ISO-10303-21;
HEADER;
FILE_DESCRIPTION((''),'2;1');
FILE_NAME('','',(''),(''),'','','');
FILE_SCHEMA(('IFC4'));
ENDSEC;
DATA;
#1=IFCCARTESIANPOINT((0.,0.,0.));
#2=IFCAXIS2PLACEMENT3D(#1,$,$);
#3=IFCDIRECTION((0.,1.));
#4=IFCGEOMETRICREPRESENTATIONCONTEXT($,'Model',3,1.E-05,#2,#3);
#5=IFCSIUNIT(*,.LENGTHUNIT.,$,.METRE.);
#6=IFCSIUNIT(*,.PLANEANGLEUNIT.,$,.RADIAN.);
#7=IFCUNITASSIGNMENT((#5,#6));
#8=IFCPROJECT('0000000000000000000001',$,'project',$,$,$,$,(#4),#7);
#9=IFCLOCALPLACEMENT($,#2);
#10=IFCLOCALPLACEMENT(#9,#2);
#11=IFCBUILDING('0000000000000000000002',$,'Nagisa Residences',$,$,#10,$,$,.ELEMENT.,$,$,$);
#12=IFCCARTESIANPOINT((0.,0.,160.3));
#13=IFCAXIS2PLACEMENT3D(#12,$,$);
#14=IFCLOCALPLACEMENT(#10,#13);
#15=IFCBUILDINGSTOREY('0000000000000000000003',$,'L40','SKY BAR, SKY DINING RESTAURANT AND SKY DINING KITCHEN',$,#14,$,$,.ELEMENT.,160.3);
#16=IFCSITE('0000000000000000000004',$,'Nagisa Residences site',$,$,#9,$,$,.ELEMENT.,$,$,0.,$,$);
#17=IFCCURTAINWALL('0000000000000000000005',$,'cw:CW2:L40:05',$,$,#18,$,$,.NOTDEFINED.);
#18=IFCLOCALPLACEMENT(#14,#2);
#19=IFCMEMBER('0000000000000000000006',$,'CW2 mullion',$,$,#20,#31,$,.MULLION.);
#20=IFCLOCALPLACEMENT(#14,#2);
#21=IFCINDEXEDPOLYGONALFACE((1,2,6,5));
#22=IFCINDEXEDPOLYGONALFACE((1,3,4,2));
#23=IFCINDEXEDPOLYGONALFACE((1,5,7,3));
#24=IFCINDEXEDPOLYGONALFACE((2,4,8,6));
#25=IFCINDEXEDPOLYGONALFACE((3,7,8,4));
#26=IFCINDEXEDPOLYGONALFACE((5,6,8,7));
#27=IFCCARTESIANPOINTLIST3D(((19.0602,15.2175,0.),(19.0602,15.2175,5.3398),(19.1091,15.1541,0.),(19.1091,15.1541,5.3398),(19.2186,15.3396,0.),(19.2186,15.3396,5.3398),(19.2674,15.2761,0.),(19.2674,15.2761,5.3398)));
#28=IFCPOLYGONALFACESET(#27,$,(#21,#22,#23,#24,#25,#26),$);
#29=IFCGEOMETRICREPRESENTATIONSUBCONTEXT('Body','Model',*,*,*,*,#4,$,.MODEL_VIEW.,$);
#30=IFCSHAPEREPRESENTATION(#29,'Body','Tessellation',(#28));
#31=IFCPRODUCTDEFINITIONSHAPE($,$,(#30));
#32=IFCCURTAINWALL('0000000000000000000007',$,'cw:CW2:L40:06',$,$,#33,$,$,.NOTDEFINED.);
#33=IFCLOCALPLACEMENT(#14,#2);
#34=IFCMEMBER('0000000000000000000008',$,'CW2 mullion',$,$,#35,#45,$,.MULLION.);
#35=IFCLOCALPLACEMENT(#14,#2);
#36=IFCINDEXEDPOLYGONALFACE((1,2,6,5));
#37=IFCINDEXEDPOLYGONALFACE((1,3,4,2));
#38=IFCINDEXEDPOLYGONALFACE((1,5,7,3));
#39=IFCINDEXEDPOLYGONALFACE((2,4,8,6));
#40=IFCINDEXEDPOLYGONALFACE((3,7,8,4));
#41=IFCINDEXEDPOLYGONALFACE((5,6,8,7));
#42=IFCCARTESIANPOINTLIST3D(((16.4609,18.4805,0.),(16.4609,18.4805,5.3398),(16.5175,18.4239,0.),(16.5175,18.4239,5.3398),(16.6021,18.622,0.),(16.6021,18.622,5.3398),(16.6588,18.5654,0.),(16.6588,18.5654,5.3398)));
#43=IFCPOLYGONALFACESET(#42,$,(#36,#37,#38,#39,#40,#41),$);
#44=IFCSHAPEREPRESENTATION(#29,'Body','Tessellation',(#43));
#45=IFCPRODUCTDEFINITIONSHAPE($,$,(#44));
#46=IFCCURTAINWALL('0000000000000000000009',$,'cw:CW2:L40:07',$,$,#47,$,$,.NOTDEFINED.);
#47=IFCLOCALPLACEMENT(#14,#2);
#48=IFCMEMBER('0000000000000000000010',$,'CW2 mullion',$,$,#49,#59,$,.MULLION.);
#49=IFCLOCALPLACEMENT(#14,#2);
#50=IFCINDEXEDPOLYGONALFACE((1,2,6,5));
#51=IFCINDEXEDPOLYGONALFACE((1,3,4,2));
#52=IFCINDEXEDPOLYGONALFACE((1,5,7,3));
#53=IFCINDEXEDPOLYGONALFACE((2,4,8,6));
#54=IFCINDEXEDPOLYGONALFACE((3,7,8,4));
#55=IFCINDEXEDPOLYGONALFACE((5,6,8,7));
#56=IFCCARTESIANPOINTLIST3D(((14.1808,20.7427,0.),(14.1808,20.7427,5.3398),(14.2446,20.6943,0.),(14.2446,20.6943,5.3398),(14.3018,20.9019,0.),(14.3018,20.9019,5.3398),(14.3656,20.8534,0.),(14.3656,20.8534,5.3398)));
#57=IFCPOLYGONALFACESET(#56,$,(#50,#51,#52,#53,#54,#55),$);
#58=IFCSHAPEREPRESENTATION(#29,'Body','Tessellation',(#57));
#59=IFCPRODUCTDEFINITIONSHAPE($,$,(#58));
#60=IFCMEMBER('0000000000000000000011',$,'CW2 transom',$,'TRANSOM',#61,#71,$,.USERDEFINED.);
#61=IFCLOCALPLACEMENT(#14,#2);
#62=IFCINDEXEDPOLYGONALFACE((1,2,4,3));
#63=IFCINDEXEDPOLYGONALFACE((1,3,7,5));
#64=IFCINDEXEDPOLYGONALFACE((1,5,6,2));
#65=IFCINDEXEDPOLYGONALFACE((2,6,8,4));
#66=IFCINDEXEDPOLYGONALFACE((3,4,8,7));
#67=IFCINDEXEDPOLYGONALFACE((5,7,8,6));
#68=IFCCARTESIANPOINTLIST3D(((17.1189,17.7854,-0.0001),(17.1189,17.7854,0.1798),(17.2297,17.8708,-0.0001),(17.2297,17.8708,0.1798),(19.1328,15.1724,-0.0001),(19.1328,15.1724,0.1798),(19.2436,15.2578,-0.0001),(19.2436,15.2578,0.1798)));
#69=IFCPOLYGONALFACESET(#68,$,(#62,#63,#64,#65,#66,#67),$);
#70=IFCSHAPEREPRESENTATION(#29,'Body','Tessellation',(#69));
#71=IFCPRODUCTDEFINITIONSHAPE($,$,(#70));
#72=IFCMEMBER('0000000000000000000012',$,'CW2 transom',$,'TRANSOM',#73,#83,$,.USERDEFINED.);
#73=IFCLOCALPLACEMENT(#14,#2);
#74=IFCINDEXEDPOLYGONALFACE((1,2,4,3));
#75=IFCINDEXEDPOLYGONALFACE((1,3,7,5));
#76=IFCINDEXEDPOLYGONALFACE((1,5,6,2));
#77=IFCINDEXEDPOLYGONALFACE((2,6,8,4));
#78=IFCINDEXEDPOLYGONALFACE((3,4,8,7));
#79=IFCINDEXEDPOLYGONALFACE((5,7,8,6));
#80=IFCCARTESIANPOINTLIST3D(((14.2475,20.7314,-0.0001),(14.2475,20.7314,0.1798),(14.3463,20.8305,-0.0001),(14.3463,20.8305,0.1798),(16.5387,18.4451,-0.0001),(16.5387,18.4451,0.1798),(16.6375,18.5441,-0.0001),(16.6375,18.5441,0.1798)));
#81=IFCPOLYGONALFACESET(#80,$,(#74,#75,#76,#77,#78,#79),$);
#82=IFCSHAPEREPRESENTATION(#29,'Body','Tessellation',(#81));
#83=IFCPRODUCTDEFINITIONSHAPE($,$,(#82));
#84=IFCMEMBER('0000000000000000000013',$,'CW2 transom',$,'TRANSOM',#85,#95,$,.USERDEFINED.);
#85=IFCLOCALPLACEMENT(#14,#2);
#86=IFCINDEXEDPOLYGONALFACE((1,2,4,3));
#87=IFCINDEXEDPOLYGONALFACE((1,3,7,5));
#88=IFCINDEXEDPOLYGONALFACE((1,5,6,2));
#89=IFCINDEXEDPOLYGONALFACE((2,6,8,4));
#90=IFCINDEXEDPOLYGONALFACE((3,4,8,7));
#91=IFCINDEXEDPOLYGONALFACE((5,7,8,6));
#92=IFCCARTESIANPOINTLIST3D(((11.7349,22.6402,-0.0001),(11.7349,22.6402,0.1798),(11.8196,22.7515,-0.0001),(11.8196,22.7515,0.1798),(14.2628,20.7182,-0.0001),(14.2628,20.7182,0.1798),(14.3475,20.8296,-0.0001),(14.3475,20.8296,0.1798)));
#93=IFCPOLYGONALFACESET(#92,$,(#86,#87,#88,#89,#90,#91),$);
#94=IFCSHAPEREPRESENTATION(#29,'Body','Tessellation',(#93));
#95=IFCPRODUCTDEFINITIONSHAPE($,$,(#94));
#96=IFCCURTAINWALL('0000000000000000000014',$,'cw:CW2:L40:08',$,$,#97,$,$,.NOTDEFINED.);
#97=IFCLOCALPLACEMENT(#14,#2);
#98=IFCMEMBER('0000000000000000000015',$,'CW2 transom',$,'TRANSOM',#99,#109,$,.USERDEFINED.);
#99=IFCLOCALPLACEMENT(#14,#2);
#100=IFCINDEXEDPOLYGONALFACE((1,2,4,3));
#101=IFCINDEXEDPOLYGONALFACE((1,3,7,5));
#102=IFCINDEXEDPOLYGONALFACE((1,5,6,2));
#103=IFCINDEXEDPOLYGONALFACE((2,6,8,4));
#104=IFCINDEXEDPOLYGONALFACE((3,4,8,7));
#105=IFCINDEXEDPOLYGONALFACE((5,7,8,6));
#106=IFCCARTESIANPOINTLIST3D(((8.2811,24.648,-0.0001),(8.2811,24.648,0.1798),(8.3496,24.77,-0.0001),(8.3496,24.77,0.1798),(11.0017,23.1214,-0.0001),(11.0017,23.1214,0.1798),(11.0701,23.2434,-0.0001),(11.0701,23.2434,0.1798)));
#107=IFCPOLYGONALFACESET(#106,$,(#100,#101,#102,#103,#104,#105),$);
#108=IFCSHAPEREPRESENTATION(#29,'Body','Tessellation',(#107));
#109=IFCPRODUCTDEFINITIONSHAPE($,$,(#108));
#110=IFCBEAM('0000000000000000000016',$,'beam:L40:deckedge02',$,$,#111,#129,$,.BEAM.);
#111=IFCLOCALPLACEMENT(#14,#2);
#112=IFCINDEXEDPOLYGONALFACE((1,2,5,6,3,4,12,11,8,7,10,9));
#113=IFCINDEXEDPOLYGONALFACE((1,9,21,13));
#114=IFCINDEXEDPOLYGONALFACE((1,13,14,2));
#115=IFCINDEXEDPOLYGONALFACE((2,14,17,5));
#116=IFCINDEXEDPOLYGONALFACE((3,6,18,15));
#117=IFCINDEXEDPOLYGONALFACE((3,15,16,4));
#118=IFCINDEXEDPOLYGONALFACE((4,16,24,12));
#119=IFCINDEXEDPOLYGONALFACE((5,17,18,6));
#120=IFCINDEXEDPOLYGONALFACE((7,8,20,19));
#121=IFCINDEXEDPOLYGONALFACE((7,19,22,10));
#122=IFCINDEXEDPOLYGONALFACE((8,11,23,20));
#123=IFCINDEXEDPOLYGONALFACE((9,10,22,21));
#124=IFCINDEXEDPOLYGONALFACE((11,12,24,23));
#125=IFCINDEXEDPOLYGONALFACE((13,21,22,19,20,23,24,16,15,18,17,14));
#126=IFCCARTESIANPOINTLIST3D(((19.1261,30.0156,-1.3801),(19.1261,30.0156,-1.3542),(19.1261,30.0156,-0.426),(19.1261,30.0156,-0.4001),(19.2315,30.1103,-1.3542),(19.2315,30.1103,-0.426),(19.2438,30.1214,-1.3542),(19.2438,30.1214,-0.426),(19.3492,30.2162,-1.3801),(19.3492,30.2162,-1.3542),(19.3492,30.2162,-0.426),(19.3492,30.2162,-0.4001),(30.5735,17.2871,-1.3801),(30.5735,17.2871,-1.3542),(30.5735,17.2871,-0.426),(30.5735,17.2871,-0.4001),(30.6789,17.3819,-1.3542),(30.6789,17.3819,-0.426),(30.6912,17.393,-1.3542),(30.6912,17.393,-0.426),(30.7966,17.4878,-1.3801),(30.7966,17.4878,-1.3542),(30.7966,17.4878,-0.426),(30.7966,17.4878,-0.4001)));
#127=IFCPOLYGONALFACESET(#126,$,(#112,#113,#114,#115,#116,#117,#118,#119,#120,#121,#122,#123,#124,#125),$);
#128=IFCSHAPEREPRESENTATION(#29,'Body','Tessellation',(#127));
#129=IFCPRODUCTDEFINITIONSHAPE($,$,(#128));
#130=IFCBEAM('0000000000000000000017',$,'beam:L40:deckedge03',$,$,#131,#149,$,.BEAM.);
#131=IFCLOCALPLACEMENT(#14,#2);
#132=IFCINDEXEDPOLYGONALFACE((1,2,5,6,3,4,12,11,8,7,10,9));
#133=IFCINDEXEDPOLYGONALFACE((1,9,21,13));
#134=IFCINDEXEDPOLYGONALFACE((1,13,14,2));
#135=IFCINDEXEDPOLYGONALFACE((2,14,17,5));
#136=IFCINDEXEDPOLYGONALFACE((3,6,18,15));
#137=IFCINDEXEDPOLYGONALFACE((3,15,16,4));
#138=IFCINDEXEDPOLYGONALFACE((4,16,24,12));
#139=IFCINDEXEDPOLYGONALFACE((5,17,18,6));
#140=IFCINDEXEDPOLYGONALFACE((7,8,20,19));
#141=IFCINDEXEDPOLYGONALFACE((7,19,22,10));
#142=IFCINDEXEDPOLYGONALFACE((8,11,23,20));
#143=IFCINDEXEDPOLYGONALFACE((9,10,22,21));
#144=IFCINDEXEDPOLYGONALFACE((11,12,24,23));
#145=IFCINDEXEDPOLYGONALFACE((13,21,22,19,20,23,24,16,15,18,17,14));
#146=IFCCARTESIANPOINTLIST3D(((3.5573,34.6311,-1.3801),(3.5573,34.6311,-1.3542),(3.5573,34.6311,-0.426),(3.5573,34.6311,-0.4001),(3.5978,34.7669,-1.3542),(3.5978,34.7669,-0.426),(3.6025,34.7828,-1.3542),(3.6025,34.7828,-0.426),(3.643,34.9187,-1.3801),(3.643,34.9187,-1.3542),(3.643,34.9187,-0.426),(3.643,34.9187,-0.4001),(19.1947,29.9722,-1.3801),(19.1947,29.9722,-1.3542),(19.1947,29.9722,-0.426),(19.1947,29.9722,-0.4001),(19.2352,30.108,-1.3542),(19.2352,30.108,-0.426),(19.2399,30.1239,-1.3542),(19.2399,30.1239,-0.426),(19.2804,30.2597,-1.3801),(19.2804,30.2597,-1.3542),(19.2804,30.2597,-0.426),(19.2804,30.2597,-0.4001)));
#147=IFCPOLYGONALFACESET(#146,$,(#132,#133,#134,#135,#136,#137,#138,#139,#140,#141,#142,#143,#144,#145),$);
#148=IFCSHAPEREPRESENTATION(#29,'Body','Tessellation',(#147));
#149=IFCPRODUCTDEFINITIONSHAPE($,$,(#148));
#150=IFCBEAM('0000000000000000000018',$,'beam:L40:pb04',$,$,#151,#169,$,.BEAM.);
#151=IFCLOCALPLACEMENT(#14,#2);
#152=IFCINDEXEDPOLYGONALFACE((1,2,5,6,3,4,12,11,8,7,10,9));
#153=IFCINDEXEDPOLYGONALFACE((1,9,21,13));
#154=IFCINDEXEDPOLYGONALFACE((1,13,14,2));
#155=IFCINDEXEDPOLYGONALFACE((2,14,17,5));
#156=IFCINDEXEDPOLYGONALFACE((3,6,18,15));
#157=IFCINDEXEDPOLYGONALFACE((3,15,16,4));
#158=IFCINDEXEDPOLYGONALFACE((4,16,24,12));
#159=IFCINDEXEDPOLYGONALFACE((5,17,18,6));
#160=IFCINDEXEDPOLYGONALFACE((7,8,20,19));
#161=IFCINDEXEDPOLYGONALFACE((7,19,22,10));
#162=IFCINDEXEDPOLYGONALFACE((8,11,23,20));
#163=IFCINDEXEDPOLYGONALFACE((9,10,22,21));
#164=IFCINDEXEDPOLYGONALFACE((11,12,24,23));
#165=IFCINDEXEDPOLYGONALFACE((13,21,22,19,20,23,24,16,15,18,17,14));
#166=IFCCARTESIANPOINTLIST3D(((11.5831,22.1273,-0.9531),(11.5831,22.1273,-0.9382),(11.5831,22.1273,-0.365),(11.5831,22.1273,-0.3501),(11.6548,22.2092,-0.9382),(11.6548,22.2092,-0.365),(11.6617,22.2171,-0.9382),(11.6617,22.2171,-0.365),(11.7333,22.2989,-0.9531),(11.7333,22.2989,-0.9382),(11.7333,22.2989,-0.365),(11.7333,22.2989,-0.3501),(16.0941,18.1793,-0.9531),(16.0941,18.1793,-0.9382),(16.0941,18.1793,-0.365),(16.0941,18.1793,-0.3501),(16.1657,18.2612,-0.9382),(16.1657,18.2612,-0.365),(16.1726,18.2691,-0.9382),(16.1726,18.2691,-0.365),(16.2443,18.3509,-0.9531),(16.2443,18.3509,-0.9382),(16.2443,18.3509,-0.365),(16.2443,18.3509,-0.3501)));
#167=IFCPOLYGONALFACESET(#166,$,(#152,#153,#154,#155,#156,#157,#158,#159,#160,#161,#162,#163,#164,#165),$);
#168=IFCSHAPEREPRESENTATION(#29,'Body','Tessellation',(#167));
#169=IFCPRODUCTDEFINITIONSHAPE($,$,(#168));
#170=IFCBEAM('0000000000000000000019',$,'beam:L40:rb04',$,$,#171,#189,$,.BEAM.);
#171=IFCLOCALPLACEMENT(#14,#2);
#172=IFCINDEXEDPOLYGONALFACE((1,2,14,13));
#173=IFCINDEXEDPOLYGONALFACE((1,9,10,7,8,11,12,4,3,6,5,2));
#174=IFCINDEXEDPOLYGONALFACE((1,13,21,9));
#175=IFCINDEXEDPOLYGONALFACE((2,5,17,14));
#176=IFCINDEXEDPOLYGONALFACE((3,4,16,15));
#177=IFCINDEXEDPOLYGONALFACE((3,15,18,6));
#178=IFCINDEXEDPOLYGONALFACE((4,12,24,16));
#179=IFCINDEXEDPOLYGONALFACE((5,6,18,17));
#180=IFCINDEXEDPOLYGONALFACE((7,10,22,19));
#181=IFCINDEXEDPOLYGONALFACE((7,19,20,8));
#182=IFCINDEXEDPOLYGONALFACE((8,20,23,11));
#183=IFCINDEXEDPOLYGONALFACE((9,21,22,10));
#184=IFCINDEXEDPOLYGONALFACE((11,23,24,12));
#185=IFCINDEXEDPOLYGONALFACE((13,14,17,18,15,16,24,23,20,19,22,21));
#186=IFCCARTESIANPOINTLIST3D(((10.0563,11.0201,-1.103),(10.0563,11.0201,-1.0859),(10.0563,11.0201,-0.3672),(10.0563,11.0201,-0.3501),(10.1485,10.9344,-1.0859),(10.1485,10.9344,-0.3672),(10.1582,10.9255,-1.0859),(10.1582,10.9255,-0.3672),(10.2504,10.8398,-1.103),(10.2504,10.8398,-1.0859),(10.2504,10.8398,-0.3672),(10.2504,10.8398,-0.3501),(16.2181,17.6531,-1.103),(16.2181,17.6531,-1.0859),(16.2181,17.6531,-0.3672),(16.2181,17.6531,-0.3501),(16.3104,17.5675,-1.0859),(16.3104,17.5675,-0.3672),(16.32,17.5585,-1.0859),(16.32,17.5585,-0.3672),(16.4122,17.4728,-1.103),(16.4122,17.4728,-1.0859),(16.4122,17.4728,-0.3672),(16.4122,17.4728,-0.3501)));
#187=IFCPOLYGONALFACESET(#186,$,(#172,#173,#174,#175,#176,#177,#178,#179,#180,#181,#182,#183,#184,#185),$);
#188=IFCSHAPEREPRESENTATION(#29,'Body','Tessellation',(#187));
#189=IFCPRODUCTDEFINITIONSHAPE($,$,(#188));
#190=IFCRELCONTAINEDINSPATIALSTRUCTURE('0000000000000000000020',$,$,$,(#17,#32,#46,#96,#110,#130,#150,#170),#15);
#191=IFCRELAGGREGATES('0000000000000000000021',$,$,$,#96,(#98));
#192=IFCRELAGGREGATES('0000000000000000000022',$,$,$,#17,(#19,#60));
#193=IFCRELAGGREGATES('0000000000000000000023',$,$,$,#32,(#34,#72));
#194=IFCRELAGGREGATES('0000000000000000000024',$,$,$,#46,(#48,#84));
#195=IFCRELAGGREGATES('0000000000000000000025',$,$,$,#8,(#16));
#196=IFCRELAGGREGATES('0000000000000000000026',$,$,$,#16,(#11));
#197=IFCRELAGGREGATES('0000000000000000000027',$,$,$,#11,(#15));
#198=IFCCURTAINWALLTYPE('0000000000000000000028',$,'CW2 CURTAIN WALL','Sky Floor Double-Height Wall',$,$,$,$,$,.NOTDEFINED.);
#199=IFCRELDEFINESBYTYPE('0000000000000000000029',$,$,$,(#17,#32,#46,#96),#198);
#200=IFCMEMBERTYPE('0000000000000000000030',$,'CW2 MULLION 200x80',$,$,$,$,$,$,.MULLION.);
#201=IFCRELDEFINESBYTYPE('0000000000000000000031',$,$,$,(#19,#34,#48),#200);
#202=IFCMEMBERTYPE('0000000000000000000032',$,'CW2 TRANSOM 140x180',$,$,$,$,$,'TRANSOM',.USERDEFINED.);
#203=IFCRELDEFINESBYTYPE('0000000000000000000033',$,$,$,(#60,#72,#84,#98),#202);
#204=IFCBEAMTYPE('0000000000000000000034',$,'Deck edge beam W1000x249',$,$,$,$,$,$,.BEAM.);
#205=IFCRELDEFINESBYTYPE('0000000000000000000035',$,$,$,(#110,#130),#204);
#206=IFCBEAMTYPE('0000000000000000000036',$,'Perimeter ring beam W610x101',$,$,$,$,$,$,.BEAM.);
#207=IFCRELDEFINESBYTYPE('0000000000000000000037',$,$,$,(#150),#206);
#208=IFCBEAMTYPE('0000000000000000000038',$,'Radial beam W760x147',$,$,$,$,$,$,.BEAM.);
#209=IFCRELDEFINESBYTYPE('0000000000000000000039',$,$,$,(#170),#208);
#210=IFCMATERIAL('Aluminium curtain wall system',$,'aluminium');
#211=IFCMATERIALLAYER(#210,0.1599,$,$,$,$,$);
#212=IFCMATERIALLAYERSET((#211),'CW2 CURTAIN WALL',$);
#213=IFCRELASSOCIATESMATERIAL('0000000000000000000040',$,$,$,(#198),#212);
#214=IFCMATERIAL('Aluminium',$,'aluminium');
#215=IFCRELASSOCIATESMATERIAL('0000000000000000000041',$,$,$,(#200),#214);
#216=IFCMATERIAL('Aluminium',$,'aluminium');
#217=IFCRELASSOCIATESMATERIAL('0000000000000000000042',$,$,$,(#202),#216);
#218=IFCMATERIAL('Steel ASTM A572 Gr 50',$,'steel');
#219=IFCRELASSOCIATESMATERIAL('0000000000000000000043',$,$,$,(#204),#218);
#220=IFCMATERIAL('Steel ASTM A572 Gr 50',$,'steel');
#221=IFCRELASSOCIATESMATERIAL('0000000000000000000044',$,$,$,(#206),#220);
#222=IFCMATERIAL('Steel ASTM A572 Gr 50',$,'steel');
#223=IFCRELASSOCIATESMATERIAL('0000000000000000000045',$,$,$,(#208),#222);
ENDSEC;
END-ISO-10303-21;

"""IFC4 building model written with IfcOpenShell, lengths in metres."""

from ifc_helpers import new_model, si_unit, direction, frame, origin, origin_2d, place, context, subcontext, project, spatial, rectangle, i_section, extrude, material, layer, layer_set, material_profile, profile_set, type_object, element, aggregate, save


model = new_model("IFC4")

# Units and contexts
model_context = context("Model", 3, precision=1e-05, world=origin(), true_north=direction((0.0, 1.0)))
body_context = subcontext(model_context, "Body", "Model", "MODEL_VIEW")
ifc_project = project(units=[si_unit("LENGTHUNIT", "METRE"), si_unit("PLANEANGLEUNIT", "RADIAN")], contexts=[model_context])

# Site, building, storey
site_placement = place(None, origin())
site = spatial("IfcSite", under=ifc_project, at=site_placement, Name="Nagisa Residences site", CompositionType="ELEMENT", RefElevation=0.0)
building_placement = place(site_placement, origin())
building = spatial("IfcBuilding", under=site, at=building_placement, Name="Nagisa Residences", CompositionType="ELEMENT")
storey_placement = place(building_placement, frame((0.0, 0.0, 160.3)))
storey = spatial("IfcBuildingStorey", under=building, at=storey_placement, Name="L40", Description="SKY BAR, SKY DINING RESTAURANT AND SKY DINING KITCHEN", CompositionType="ELEMENT", Elevation=160.3)

# Curtain walls, members
ifc_material_1 = material(Name="Aluminium curtain wall system", Category="aluminium")
ifc_layer_1 = layer(ifc_material_1, 0.1599)
ifc_layer_set_1 = layer_set([ifc_layer_1], Name="CW2 CURTAIN WALL")
curtain_wall_type = type_object("IfcCurtainWallType", Name="CW2 CURTAIN WALL", Description="Sky Floor Double-Height Wall", PredefinedType="NOTDEFINED", material=ifc_layer_set_1)
curtain_wall_1_placement = place(storey_placement, origin())
curtain_wall_1 = element("IfcCurtainWall", 1, at=curtain_wall_1_placement, inside=storey, type_object=curtain_wall_type, Name="cw:CW2:L40:05", PredefinedType="NOTDEFINED")
ifc_material_2 = material(Name="Aluminium", Category="aluminium")
ifc_material_profile_1 = material_profile(ifc_material_2, rectangle(XDim=0.2, YDim=0.0801, at=origin_2d()), Name="CW2 MULLION 200x80")
ifc_profile_set_1 = profile_set([ifc_material_profile_1], Name="Aluminium")
member_type_1 = type_object("IfcMemberType", Name="CW2 MULLION 200x80", PredefinedType="MULLION", material=ifc_profile_set_1)
member_1_placement = place(storey_placement, frame((19.1638, 15.2468, 0.0), z_axis=(0.0, 0.0, 1.0), x_axis=(-0.79207, -0.61043, 0.0)))
member_1 = element("IfcMember", 2, at=member_1_placement, type_object=member_type_1, Name="CW2 mullion", PredefinedType="MULLION", context=body_context, shape_type="SweptSolid", body=[
    extrude(rectangle(XDim=0.2, YDim=0.0801, at=origin_2d()), origin(), (0.0, 0.0, 1.0), 5.3398),
])
curtain_wall_2_placement = place(storey_placement, origin())
curtain_wall_2 = element("IfcCurtainWall", 3, at=curtain_wall_2_placement, inside=storey, type_object=curtain_wall_type, Name="cw:CW2:L40:06", PredefinedType="NOTDEFINED")
member_2_placement = place(storey_placement, frame((16.5598, 18.5229, 0.0), z_axis=(0.0, 0.0, 1.0), x_axis=(-0.706377, -0.707836, 0.0)))
member_2 = element("IfcMember", 4, at=member_2_placement, type_object=member_type_1, Name="CW2 mullion", PredefinedType="MULLION", context=body_context, shape_type="SweptSolid", body=[
    extrude(rectangle(XDim=0.2, YDim=0.0801, at=origin_2d()), origin(), (0.0, 0.0, 1.0), 5.3398),
])
curtain_wall_3_placement = place(storey_placement, origin())
curtain_wall_3 = element("IfcCurtainWall", 5, at=curtain_wall_3_placement, inside=storey, type_object=curtain_wall_type, Name="cw:CW2:L40:07", PredefinedType="NOTDEFINED")
member_3_placement = place(storey_placement, frame((14.2732, 20.7981, 0.0), z_axis=(0.0, 0.0, 1.0), x_axis=(-0.605255, -0.796031, 0.0)))
member_3 = element("IfcMember", 6, at=member_3_placement, type_object=member_type_1, Name="CW2 mullion", PredefinedType="MULLION", context=body_context, shape_type="SweptSolid", body=[
    extrude(rectangle(XDim=0.2, YDim=0.0801, at=origin_2d()), origin(), (0.0, 0.0, 1.0), 5.3398),
])

# Members
ifc_material_3 = material(Name="Aluminium", Category="aluminium")
ifc_material_profile_2 = material_profile(ifc_material_3, rectangle(XDim=0.1399, YDim=0.1799, at=origin_2d()), Name="CW2 TRANSOM 140x180")
ifc_profile_set_2 = profile_set([ifc_material_profile_2], Name="Aluminium")
member_type_2 = type_object("IfcMemberType", Name="CW2 TRANSOM 140x180", ElementType="TRANSOM", PredefinedType="USERDEFINED", material=ifc_profile_set_2)
member_4_placement = place(storey_placement, frame((19.1882, 15.2151, 0.0898), z_axis=(-0.610451, 0.792054, 0.0), x_axis=(-0.792054, -0.610451, 0.0)))
member_4 = element("IfcMember", 7, at=member_4_placement, type_object=member_type_2, Name="CW2 transom", ObjectType="TRANSOM", PredefinedType="USERDEFINED", context=body_context, shape_type="SweptSolid", body=[
    extrude(rectangle(XDim=0.1399, YDim=0.1799, at=origin_2d()), origin(), (0.0, 0.0, 1.0), 3.2991),
])
member_5_placement = place(storey_placement, frame((16.5881, 18.4946, 0.0898), z_axis=(-0.707861, 0.706352, 0.0), x_axis=(-0.706352, -0.707861, 0.0)))
member_5 = element("IfcMember", 8, at=member_5_placement, type_object=member_type_2, Name="CW2 transom", ObjectType="TRANSOM", PredefinedType="USERDEFINED", context=body_context, shape_type="SweptSolid", body=[
    extrude(rectangle(XDim=0.1399, YDim=0.1799, at=origin_2d()), origin(), (0.0, 0.0, 1.0), 3.2368),
])
member_6_placement = place(storey_placement, frame((14.3052, 20.7739, 0.0898), z_axis=(-0.796053, 0.605228, 0.0), x_axis=(-0.605228, -0.796053, 0.0)))
member_6 = element("IfcMember", 9, at=member_6_placement, type_object=member_type_2, Name="CW2 transom", ObjectType="TRANSOM", PredefinedType="USERDEFINED", context=body_context, shape_type="SweptSolid", body=[
    extrude(rectangle(XDim=0.1399, YDim=0.1799, at=origin_2d()), origin(), (0.0, 0.0, 1.0), 3.1755),
])

# Curtain wall, member
curtain_wall_4_placement = place(storey_placement, origin())
curtain_wall_4 = element("IfcCurtainWall", 10, at=curtain_wall_4_placement, inside=storey, type_object=curtain_wall_type, Name="cw:CW2:L40:08", PredefinedType="NOTDEFINED")
member_7_placement = place(storey_placement, frame((11.0359, 23.1824, 0.0898), z_axis=(-0.872075, 0.489373, 0.0), x_axis=(-0.489373, -0.872075, 0.0)))
member_7 = element("IfcMember", 11, at=member_7_placement, type_object=member_type_2, Name="CW2 transom", ObjectType="TRANSOM", PredefinedType="USERDEFINED", context=body_context, shape_type="SweptSolid", body=[
    extrude(rectangle(XDim=0.1399, YDim=0.1799, at=origin_2d()), origin(), (0.0, 0.0, 1.0), 3.1196),
])
aggregate(curtain_wall_4, [member_7])

# Beams
ifc_material_4 = material(Name="Steel ASTM A572 Gr 50", Category="steel")
ifc_material_profile_3 = material_profile(ifc_material_4, i_section(OverallWidth=0.3, OverallDepth=0.98, WebThickness=0.0166, FlangeThickness=0.0259, at=origin_2d()), Name="W1000x249")
ifc_profile_set_3 = profile_set([ifc_material_profile_3], Name="Steel ASTM A572 Gr 50")
beam_type_1 = type_object("IfcBeamType", Name="Deck edge beam W1000x249", PredefinedType="BEAM", material=ifc_profile_set_3)
beam_1_placement = place(storey_placement, frame((30.6851, 17.3875, -0.8901), z_axis=(-0.668702, 0.743531, 0.0), x_axis=(-0.743531, -0.668702, 0.0)))
element("IfcBeam", 12, at=beam_1_placement, inside=storey, type_object=beam_type_1, Name="beam:L40:deckedge02", PredefinedType="BEAM", context=body_context, shape_type="SweptSolid", body=[
    extrude(i_section(OverallWidth=0.3, OverallDepth=0.98, WebThickness=0.0166, FlangeThickness=0.0259, at=origin_2d()), origin(), (0.0, 0.0, 1.0), 17.1189),
])
beam_2_placement = place(storey_placement, frame((19.2375, 30.116, -0.8901), z_axis=(-0.958369, 0.285531, 0.0), x_axis=(-0.285531, -0.958369, 0.0)))
element("IfcBeam", 13, at=beam_2_placement, inside=storey, type_object=beam_type_1, Name="beam:L40:deckedge03", PredefinedType="BEAM", context=body_context, shape_type="SweptSolid", body=[
    extrude(i_section(OverallWidth=0.3, OverallDepth=0.98, WebThickness=0.0166, FlangeThickness=0.0259, at=origin_2d()), origin(), (0.0, 0.0, 1.0), 16.3167),
])
ifc_material_5 = material(Name="Steel ASTM A572 Gr 50", Category="steel")
ifc_material_profile_4 = material_profile(ifc_material_5, i_section(OverallWidth=0.228, OverallDepth=0.603, WebThickness=0.0105, FlangeThickness=0.0149, at=origin_2d()), Name="W610x101")
ifc_profile_set_4 = profile_set([ifc_material_profile_4], Name="Steel ASTM A572 Gr 50")
beam_type_2 = type_object("IfcBeamType", Name="Perimeter ring beam W610x101", PredefinedType="BEAM", material=ifc_profile_set_4)
beam_3_placement = place(storey_placement, frame((16.1692, 18.2651, -0.6516), z_axis=(-0.752504, 0.658588, 0.0), x_axis=(-0.658588, -0.752504, 0.0)))
element("IfcBeam", 14, at=beam_3_placement, inside=storey, type_object=beam_type_2, Name="beam:L40:pb04", PredefinedType="BEAM", context=body_context, shape_type="SweptSolid", body=[
    extrude(i_section(OverallWidth=0.228, OverallDepth=0.603, WebThickness=0.0105, FlangeThickness=0.0149, at=origin_2d()), origin(), (0.0, 0.0, 1.0), 5.9946),
])
ifc_material_6 = material(Name="Steel ASTM A572 Gr 50", Category="steel")
ifc_material_profile_5 = material_profile(ifc_material_6, i_section(OverallWidth=0.2649, OverallDepth=0.7529, WebThickness=0.0132, FlangeThickness=0.0171, at=origin_2d()), Name="W760x147")
ifc_profile_set_5 = profile_set([ifc_material_profile_5], Name="Steel ASTM A572 Gr 50")
beam_type_3 = type_object("IfcBeamType", Name="Radial beam W760x147", PredefinedType="BEAM", material=ifc_profile_set_5)
beam_4_placement = place(storey_placement, frame((16.3152, 17.563, -0.7266), z_axis=(-0.680605, -0.73265, 0.0), x_axis=(0.73265, -0.680605, 0.0)))
element("IfcBeam", 15, at=beam_4_placement, inside=storey, type_object=beam_type_3, Name="beam:L40:rb04", PredefinedType="BEAM", context=body_context, shape_type="SweptSolid", body=[
    extrude(i_section(OverallWidth=0.2649, OverallDepth=0.7529, WebThickness=0.0132, FlangeThickness=0.0171, at=origin_2d()), origin(), (0.0, 0.0, 1.0), 9.0535),
])

aggregate(curtain_wall_1, [member_1, member_4])
aggregate(curtain_wall_2, [member_2, member_5])
aggregate(curtain_wall_3, [member_3, member_6])

save(model, "model.ifc")
